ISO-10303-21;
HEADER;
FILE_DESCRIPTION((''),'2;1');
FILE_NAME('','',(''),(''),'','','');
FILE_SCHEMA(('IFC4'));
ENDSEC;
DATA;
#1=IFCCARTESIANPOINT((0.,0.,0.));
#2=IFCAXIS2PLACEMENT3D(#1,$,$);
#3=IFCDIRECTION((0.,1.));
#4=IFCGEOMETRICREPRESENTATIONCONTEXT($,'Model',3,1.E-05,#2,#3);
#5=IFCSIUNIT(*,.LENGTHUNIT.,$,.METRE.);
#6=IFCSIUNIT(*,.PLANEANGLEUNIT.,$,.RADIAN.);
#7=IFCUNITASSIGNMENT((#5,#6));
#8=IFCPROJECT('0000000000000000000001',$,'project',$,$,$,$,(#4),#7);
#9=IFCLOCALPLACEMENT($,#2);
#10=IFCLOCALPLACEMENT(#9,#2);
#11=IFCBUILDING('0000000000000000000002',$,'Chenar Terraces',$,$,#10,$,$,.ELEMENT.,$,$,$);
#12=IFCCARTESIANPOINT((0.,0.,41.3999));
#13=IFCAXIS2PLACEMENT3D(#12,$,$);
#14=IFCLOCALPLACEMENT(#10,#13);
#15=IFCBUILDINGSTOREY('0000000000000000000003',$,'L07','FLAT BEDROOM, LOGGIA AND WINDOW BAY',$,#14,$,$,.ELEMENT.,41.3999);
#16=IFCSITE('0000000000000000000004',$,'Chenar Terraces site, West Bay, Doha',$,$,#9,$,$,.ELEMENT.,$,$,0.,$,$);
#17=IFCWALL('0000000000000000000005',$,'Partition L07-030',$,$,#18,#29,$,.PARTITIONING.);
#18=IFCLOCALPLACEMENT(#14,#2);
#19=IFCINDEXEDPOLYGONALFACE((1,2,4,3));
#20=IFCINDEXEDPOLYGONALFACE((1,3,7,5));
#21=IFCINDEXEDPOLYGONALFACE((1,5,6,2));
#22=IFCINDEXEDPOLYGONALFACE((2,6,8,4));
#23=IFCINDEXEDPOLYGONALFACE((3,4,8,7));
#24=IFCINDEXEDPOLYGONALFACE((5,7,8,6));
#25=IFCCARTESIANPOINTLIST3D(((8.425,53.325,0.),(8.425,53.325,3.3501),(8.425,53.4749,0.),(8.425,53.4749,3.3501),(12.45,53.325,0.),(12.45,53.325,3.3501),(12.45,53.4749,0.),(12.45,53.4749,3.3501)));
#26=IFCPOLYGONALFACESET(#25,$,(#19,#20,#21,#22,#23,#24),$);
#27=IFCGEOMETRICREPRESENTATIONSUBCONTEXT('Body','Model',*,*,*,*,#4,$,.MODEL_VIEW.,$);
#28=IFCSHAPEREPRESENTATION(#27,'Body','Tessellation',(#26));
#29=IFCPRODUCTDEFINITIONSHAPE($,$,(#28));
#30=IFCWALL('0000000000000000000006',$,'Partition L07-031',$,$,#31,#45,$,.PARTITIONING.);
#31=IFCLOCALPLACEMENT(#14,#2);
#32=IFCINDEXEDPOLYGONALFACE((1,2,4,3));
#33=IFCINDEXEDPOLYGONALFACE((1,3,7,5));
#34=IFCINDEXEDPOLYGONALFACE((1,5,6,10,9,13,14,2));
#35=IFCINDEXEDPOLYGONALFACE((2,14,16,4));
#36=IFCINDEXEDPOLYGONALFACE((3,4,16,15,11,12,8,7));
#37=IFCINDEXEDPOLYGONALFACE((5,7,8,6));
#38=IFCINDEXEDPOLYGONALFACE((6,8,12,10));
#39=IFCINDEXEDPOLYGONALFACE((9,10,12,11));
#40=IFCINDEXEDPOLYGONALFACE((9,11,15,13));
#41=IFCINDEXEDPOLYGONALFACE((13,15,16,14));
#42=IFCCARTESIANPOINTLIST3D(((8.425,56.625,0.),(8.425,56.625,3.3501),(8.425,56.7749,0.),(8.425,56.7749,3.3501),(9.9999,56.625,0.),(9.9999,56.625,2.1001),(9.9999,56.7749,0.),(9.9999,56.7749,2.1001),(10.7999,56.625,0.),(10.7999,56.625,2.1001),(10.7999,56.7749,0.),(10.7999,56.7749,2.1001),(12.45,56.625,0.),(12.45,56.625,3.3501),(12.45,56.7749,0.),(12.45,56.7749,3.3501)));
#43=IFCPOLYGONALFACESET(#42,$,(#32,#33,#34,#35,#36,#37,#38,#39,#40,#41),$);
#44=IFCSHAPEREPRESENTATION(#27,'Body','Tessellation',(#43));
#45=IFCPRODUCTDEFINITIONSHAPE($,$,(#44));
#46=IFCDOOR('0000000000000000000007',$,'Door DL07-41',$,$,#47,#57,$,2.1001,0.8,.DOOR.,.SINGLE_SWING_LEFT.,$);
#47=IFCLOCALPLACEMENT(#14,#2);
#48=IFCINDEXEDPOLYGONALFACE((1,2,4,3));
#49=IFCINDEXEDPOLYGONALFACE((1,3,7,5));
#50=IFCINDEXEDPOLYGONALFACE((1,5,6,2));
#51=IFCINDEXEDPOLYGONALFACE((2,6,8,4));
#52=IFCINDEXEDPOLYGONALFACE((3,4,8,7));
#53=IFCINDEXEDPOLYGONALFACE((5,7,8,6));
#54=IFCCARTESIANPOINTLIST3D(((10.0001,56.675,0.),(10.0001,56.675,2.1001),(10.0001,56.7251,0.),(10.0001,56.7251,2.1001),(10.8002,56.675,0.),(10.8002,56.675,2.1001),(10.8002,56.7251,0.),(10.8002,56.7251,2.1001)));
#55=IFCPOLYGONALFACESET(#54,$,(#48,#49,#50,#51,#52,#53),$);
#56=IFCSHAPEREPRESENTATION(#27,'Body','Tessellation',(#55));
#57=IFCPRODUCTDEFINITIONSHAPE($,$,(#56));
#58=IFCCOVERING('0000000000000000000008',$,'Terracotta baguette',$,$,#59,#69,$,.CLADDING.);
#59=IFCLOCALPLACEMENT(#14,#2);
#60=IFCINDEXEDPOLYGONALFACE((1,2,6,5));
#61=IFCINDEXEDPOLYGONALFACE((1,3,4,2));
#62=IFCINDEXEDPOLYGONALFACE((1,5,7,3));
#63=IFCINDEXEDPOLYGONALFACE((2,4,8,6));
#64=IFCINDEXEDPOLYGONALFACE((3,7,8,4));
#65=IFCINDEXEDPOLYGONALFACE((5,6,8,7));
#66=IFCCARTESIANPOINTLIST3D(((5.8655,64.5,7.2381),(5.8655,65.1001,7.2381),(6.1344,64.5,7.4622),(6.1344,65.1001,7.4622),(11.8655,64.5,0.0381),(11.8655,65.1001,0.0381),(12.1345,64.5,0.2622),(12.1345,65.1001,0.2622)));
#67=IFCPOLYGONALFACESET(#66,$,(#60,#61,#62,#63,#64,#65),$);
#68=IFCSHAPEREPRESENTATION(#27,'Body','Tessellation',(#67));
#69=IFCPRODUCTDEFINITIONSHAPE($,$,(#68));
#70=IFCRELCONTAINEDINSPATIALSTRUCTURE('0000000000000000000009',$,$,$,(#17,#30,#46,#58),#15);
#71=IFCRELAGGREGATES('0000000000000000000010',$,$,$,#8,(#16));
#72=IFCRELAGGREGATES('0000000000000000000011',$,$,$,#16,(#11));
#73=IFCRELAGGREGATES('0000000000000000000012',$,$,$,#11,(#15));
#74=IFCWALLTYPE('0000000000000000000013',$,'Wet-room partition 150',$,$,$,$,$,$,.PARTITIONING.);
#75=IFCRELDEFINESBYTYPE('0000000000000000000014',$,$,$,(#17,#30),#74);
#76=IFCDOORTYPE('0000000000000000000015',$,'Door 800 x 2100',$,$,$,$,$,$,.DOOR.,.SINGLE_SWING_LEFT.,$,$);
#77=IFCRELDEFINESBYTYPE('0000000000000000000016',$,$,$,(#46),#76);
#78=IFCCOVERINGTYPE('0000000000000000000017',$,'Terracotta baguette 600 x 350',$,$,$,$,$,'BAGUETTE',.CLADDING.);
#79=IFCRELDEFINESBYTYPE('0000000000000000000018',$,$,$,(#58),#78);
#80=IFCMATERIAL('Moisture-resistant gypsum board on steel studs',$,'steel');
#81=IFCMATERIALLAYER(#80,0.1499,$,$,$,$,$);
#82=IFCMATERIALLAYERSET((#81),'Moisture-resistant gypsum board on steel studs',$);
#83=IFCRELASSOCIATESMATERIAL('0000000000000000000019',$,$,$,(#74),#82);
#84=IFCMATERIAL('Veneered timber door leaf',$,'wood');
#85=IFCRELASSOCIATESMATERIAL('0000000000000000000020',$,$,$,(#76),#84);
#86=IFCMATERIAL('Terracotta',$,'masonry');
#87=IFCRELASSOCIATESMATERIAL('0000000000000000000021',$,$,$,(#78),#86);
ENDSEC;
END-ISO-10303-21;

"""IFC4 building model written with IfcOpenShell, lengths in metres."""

from ifc_helpers import new_model, si_unit, direction, frame, frame_2d, origin, origin_2d, place, context, subcontext, project, spatial, rectangle, extrude, material, layer, layer_set, material_profile, profile_set, type_object, element, fill, save


model = new_model("IFC4")

# Units and contexts
model_context = context("Model", 3, precision=1e-05, world=origin(), true_north=direction((0.0, 1.0)))
body_context = subcontext(model_context, "Body", "Model", "MODEL_VIEW")
ifc_project = project(units=[si_unit("LENGTHUNIT", "METRE"), si_unit("PLANEANGLEUNIT", "RADIAN")], contexts=[model_context])

# Site, building, storey
site_placement = place(None, origin())
site = spatial("IfcSite", under=ifc_project, at=site_placement, Name="Chenar Terraces site, West Bay, Doha", CompositionType="ELEMENT", RefElevation=0.0)
building_placement = place(site_placement, origin())
building = spatial("IfcBuilding", under=site, at=building_placement, Name="Chenar Terraces", CompositionType="ELEMENT")
storey_placement = place(building_placement, frame((0.0, 0.0, 41.3999)))
storey = spatial("IfcBuildingStorey", under=building, at=storey_placement, Name="L07", Description="FLAT BEDROOM, LOGGIA AND WINDOW BAY", CompositionType="ELEMENT", Elevation=41.3999)

# Shared definitions
ifc_material_1 = material(Name="Moisture-resistant gypsum board on steel studs", Category="steel")
ifc_layer_1 = layer(ifc_material_1, 0.1499)
ifc_layer_set_1 = layer_set([ifc_layer_1], Name="Moisture-resistant gypsum board on steel studs")
wall_type_1 = type_object("IfcWallType", Name="Wet-room partition 150", PredefinedType="PARTITIONING", material=ifc_layer_set_1)

# Shared definitions
ifc_material_2 = material(Name="Veneered timber door leaf", Category="wood")
door_type_1 = type_object("IfcDoorType", Name="Door 800 x 2100", OperationType="SINGLE_SWING_LEFT", PredefinedType="DOOR", material=ifc_material_2)

# Wall
wall_1_placement = place(storey_placement, frame((8.425, 53.3999, 0.0), z_axis=(0.0, 0.0, 1.0), x_axis=(1.0, 0.0, 0.0)))
element("IfcWall", 1, at=wall_1_placement, inside=storey, type_object=wall_type_1, Name="Partition L07-030", PredefinedType="PARTITIONING", context=body_context, shape_type="SweptSolid", body=[
    extrude(rectangle(XDim=4.0249, YDim=0.1499, at=frame_2d((2.0125, 0.0))), origin(), (0.0, 0.0, 1.0), 3.3501),
])

# Wall, opening, door
wall_2_placement = place(storey_placement, frame((8.425, 56.7, 0.0), z_axis=(0.0, 0.0, 1.0), x_axis=(1.0, 0.0, 0.0)))
wall_2 = element("IfcWall", 2, at=wall_2_placement, inside=storey, type_object=wall_type_1, Name="Partition L07-031", PredefinedType="PARTITIONING", context=body_context, shape_type="SweptSolid", body=[
    extrude(rectangle(XDim=4.0249, YDim=0.1499, at=frame_2d((2.0125, 0.0))), origin(), (0.0, 0.0, 1.0), 3.3501),
])
opening_1_placement = place(wall_2_placement, frame((1.575, 0.0, 0.0)))
opening_1 = element("IfcOpeningElement", 3, at=opening_1_placement, cuts=wall_2, PredefinedType="OPENING", context=body_context, shape_type="SweptSolid", body=[
    extrude(rectangle(XDim=0.8, YDim=2.1001, at=frame_2d((0.3999, 1.05))), frame((0.0, 0.085, 0.0), z_axis=(0.0, -1.0, 0.0), x_axis=(1.0, 0.0, 0.0)), (0.0, 0.0, 1.0), 0.1699),
])
door_1_placement = place(opening_1_placement, frame((0.8, 0.0, 0.0), z_axis=(0.0, 0.0, 1.0), x_axis=(-1.0, 0.0, 0.0)))
door_1 = element("IfcDoor", 4, at=door_1_placement, inside=storey, type_object=door_type_1, Name="Door DL07-41", OperationType="SINGLE_SWING_LEFT", OverallHeight=2.1001, OverallWidth=0.8, PredefinedType="DOOR", context=body_context, shape_type="SweptSolid", body=[
    extrude(rectangle(XDim=0.8, YDim=2.1001, at=frame_2d((0.3999, 1.05))), frame((0.0, 0.0249, 0.0), z_axis=(0.0, -1.0, 0.0), x_axis=(1.0, 0.0, 0.0)), (0.0, 0.0, 1.0), 0.05),
])
fill(opening_1, door_1)

# Covering
ifc_material_3 = material(Name="Terracotta", Category="masonry")
ifc_material_profile_1 = material_profile(ifc_material_3, rectangle(XDim=0.6001, YDim=0.3501, at=origin_2d()), Name="Terracotta baguette 600 x 350")
ifc_profile_set_1 = profile_set([ifc_material_profile_1], Name="Terracotta")
covering_type = type_object("IfcCoveringType", Name="Terracotta baguette 600 x 350", ElementType="BAGUETTE", PredefinedType="CLADDING", material=ifc_profile_set_1)
covering_placement = place(storey_placement, frame((12.0, 64.8, 0.1501), z_axis=(-0.640187, 0.0, 0.768219), x_axis=(0.0, -1.0, 0.0)))
element("IfcCovering", 5, at=covering_placement, inside=storey, type_object=covering_type, Name="Terracotta baguette", PredefinedType="CLADDING", context=body_context, shape_type="SweptSolid", body=[
    extrude(rectangle(XDim=0.6001, YDim=0.3501, at=origin_2d()), origin(), (0.0, 0.0, 1.0), 9.3723),
])

save(model, "model.ifc")
